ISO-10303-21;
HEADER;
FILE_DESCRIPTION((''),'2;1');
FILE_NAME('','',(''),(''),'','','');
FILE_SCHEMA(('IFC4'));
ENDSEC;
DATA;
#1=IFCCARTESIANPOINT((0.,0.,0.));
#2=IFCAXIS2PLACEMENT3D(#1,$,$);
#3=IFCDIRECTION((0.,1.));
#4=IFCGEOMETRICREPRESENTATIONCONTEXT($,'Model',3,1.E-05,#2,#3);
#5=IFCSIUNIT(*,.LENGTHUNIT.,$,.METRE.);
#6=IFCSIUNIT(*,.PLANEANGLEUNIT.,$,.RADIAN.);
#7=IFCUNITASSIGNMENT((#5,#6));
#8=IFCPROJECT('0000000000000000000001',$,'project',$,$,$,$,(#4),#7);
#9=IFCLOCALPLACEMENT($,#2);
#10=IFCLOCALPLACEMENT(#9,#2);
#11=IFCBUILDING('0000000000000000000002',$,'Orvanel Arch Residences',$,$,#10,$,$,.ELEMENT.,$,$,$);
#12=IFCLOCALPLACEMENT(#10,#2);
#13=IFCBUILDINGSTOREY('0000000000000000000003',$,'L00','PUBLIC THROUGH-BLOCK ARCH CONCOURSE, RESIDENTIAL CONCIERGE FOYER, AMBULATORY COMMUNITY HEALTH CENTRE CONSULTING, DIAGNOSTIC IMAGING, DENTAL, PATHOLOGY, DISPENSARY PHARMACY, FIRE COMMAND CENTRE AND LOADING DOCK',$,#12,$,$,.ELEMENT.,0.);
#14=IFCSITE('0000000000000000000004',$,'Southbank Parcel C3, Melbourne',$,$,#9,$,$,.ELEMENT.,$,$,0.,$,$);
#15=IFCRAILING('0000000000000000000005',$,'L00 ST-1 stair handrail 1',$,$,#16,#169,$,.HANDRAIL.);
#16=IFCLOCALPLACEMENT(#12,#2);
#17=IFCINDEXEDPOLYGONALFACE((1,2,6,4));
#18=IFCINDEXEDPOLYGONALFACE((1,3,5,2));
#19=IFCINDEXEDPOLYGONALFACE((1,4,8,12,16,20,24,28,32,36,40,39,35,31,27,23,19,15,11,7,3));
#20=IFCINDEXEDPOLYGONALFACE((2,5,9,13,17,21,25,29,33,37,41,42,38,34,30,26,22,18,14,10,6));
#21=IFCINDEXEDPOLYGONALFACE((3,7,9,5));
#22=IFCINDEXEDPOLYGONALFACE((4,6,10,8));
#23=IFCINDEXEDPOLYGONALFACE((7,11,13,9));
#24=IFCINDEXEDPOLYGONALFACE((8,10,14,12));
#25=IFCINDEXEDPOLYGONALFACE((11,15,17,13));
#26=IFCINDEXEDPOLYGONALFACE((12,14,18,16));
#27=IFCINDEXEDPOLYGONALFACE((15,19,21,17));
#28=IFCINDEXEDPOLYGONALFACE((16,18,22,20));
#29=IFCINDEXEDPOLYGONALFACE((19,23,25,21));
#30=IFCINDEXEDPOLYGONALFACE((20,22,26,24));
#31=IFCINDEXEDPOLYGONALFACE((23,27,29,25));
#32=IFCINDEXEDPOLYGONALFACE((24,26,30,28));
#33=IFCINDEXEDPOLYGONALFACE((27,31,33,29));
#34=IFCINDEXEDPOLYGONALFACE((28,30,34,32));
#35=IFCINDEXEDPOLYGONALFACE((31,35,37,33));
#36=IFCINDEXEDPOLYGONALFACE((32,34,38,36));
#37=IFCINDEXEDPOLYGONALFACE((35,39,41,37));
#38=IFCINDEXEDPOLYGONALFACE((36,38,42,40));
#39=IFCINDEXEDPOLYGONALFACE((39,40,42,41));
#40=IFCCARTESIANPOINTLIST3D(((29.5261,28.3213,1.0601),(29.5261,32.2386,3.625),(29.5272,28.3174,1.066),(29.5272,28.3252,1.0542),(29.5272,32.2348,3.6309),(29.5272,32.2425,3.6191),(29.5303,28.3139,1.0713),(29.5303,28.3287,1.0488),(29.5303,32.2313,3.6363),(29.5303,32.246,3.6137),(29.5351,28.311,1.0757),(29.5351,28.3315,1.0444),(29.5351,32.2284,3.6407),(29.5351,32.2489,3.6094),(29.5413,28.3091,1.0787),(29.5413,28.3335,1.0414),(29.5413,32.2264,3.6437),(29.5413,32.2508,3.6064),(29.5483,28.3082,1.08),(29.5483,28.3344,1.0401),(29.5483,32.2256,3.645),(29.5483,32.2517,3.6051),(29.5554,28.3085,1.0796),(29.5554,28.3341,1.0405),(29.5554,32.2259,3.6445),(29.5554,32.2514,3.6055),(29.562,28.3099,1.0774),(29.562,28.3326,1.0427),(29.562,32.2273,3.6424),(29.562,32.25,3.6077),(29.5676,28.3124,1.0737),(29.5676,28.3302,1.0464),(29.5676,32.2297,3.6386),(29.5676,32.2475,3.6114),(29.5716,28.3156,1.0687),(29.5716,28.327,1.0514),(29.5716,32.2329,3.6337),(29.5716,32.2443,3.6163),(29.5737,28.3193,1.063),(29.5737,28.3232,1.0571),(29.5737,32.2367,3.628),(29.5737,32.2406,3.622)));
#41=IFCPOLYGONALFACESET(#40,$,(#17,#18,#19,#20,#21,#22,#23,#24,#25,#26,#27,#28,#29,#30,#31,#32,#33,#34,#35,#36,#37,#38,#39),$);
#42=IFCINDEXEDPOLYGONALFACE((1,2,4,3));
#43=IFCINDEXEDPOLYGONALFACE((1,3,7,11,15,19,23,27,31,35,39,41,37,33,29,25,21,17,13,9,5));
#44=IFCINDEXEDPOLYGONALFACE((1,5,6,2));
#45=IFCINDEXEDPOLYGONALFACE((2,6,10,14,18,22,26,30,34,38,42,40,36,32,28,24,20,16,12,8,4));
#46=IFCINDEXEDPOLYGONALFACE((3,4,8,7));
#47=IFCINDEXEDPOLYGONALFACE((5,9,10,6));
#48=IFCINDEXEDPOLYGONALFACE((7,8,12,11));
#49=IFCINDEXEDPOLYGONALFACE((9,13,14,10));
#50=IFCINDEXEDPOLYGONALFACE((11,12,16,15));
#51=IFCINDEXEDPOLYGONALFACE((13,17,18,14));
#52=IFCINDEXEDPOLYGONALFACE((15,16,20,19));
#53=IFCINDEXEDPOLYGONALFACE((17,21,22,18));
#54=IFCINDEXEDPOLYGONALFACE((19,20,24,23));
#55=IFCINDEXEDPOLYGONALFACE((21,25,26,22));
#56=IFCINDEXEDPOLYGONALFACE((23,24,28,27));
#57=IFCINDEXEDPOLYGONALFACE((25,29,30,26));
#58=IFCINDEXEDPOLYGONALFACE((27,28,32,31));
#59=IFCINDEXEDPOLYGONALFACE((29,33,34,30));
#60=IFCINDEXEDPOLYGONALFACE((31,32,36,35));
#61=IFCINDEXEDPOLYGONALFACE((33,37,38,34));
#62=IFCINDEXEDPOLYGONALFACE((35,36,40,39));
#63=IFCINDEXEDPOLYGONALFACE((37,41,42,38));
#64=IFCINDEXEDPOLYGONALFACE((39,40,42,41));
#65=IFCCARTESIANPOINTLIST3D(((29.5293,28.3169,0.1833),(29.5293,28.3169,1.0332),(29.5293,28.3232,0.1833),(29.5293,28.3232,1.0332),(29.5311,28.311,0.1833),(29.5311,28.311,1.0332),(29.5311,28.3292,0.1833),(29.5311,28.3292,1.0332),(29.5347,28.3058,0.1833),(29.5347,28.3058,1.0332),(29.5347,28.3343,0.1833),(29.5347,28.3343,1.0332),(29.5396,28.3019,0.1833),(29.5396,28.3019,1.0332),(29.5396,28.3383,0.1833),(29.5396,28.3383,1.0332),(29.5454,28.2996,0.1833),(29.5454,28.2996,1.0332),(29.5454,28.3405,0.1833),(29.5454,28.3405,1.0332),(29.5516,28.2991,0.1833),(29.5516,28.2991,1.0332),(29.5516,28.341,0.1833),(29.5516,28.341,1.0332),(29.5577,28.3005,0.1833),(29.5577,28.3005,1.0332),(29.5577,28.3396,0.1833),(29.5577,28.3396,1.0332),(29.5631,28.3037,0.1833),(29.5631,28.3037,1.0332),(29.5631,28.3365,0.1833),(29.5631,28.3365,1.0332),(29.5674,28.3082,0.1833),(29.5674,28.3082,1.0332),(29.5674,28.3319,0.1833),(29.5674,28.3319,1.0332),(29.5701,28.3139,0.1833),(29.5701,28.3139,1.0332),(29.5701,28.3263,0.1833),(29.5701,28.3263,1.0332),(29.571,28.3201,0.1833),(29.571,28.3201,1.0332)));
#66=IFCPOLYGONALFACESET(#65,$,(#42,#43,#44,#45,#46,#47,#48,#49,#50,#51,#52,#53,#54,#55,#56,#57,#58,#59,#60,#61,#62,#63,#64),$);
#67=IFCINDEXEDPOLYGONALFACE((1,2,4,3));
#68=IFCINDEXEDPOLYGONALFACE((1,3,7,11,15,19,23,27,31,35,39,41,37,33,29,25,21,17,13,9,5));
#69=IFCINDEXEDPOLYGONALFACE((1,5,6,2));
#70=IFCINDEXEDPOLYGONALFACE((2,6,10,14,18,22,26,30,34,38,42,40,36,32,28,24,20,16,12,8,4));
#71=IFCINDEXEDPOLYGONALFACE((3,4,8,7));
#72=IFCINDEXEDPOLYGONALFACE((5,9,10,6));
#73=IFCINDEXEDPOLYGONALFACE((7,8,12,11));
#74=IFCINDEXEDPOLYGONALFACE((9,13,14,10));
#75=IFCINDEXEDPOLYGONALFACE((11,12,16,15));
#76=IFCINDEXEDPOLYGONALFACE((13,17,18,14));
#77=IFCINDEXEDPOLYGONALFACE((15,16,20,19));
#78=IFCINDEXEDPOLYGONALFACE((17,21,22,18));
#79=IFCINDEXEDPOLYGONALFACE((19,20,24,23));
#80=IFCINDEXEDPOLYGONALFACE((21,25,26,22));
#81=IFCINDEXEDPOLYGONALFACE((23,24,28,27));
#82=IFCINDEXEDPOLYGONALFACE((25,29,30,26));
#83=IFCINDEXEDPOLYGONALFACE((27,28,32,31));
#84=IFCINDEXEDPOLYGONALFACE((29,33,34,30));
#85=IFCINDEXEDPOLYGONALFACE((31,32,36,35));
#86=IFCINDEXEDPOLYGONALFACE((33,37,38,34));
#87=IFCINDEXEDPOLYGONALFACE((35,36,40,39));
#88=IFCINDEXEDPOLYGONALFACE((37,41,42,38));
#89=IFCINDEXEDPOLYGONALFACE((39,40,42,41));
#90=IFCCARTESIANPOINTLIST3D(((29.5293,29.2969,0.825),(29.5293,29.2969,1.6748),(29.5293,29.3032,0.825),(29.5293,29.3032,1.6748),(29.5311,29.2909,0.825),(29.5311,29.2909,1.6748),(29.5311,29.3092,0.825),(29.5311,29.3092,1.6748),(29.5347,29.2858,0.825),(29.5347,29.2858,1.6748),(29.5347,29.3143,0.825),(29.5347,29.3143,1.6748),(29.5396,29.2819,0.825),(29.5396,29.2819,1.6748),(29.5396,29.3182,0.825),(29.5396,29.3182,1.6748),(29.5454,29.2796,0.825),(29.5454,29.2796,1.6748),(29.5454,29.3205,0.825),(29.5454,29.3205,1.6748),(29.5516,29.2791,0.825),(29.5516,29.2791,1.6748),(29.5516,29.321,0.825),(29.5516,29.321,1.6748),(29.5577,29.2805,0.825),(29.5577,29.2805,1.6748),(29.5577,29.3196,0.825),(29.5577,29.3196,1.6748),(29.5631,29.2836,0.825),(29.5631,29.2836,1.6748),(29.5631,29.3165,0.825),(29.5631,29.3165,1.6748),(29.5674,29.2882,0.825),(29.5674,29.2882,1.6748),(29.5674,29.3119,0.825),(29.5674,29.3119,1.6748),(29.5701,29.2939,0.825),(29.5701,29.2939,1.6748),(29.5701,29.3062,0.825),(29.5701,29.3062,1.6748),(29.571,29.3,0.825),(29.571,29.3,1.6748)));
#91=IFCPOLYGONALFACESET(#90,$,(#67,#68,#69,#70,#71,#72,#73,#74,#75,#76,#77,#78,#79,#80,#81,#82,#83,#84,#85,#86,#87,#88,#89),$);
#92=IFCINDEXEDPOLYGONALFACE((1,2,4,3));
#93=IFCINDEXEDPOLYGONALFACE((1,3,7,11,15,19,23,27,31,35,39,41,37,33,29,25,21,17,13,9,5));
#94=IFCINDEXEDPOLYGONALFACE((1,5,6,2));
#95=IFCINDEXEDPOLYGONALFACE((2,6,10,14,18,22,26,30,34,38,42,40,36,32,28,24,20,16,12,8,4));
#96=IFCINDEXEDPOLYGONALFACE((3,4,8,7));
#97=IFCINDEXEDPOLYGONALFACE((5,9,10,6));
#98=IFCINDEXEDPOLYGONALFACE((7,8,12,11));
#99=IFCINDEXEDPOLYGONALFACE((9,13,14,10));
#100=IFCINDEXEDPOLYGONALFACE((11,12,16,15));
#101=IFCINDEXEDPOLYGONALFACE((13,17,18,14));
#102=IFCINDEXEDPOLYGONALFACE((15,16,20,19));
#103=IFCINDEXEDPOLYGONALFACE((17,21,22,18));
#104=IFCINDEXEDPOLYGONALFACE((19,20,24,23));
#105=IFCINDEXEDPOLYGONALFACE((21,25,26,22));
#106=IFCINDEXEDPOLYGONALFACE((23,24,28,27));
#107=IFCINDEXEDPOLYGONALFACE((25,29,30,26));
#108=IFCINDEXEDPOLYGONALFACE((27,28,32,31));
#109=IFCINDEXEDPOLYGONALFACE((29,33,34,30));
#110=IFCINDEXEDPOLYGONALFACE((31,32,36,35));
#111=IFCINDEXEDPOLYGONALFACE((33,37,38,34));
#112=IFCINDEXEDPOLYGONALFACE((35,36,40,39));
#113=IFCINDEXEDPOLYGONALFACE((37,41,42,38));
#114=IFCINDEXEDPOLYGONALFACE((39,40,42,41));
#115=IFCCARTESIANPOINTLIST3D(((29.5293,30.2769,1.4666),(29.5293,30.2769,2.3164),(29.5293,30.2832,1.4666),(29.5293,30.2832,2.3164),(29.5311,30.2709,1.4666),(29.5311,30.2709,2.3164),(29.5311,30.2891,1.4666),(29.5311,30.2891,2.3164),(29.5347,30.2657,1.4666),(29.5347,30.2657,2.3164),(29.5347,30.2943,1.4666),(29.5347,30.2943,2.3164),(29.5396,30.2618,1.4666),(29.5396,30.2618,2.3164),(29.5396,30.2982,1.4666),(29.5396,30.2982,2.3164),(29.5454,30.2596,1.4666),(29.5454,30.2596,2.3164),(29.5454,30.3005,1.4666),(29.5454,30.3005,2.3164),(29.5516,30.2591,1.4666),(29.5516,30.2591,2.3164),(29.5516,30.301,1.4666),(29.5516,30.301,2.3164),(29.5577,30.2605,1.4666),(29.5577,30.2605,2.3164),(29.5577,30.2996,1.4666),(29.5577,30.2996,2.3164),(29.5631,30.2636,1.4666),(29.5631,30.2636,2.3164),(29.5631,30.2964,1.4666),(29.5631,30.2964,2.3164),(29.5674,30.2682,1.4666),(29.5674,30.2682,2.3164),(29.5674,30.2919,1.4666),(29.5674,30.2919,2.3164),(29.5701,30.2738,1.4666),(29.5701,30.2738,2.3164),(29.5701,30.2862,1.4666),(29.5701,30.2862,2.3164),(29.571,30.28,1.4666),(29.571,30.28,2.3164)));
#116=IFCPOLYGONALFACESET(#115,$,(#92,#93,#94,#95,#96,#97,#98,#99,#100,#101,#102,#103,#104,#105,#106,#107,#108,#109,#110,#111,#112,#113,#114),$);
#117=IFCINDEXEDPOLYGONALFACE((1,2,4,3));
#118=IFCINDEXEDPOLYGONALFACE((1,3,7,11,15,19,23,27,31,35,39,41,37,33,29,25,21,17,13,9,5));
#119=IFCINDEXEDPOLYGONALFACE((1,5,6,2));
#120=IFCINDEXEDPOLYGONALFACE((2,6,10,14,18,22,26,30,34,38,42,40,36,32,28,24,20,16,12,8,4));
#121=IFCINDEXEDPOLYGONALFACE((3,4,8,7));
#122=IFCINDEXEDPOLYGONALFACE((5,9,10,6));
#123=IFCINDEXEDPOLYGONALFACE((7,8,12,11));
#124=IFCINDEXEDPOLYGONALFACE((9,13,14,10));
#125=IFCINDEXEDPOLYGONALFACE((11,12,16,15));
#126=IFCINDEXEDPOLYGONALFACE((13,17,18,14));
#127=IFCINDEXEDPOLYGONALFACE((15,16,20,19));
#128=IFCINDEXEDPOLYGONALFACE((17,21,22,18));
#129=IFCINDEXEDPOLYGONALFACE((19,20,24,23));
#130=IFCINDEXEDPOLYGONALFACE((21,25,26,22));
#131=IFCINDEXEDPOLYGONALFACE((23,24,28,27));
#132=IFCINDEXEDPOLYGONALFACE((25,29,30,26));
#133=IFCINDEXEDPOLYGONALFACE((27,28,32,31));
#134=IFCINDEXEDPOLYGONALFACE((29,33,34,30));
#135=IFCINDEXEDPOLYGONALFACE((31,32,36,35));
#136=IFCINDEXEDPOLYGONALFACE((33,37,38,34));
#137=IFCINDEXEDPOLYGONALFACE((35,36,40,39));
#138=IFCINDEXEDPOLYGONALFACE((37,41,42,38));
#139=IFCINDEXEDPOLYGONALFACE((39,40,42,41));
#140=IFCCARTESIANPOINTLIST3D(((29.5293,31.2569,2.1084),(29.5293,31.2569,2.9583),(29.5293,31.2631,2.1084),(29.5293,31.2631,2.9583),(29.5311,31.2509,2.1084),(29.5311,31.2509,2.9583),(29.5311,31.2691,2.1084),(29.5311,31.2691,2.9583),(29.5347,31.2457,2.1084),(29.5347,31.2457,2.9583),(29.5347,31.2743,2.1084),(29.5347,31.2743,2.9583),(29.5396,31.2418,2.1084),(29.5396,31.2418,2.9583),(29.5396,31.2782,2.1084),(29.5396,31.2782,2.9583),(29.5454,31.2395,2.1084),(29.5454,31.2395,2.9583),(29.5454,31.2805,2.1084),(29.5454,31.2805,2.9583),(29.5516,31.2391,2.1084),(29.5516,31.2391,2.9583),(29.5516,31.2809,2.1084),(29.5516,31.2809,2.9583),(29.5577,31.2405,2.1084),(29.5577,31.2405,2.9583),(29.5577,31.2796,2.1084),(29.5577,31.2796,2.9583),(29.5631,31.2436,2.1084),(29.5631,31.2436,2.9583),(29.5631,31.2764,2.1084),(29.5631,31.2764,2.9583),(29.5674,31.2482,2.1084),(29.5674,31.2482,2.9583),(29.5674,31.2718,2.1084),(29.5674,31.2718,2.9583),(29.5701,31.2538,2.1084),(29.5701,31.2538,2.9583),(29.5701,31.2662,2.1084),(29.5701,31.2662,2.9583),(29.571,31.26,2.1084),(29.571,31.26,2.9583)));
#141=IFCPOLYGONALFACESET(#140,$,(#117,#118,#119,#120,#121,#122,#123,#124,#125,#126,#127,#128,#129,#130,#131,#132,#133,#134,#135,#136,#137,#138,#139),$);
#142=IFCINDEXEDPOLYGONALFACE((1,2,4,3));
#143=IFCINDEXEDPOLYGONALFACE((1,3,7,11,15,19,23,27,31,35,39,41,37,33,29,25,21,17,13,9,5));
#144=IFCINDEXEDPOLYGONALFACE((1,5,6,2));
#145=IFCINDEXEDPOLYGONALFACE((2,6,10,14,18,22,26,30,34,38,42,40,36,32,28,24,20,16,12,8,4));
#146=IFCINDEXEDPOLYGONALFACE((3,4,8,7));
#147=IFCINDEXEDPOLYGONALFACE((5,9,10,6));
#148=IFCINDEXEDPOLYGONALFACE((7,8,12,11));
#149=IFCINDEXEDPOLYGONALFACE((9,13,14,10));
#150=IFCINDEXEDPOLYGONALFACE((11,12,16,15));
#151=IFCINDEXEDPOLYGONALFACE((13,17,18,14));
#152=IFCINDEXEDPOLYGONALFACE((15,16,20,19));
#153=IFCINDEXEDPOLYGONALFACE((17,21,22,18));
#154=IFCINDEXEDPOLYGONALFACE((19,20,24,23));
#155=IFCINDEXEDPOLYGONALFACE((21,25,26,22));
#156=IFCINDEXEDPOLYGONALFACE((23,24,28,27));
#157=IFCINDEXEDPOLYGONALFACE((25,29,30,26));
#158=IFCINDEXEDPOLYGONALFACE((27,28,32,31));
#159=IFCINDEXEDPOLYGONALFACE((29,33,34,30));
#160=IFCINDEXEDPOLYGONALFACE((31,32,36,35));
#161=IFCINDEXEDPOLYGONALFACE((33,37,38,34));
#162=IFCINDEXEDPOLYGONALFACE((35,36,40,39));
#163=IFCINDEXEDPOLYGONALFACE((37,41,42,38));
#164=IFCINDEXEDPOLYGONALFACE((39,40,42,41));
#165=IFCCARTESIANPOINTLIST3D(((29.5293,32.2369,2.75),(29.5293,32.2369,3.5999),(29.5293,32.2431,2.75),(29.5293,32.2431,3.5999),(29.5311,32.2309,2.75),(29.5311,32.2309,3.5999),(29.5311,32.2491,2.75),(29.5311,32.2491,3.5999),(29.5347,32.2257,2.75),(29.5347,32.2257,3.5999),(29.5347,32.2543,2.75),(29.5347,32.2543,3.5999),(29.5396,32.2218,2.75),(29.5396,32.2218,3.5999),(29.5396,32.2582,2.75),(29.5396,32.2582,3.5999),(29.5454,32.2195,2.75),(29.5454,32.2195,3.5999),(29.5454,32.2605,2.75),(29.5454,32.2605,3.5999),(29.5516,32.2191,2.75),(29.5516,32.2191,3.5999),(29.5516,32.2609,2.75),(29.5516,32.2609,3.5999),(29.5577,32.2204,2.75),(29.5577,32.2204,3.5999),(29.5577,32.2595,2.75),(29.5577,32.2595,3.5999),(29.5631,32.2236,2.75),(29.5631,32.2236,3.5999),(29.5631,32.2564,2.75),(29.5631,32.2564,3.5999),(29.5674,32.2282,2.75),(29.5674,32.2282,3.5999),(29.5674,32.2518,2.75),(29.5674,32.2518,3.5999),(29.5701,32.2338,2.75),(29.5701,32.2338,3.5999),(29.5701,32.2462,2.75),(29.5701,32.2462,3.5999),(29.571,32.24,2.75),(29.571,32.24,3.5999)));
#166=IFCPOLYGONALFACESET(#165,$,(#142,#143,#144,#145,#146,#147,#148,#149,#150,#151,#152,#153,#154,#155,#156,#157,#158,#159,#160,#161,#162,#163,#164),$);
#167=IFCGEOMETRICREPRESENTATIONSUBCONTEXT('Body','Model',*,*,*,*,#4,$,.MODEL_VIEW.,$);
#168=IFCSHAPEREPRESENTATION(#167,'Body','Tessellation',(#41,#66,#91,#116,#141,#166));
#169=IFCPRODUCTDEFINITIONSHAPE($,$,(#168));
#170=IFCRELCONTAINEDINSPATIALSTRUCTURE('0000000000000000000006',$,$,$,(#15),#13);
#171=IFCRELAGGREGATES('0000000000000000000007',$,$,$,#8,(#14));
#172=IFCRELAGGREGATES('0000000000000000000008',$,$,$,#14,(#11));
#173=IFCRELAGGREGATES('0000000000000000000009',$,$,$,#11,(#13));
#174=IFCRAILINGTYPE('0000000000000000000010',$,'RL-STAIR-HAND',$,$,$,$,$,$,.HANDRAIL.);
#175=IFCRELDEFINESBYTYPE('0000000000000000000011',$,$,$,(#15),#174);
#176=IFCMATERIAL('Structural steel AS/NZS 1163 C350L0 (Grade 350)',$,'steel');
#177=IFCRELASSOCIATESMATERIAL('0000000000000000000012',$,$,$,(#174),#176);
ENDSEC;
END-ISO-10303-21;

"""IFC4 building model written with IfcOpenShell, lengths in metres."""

from ifc_helpers import new_model, si_unit, direction, frame, origin, origin_2d, place, context, subcontext, project, spatial, circle, extrude, material, type_object, element, save


model = new_model("IFC4")

# Units and contexts
model_context = context("Model", 3, precision=1e-05, world=origin(), true_north=direction((0.0, 1.0)))
body_context = subcontext(model_context, "Body", "Model", "MODEL_VIEW")
ifc_project = project(units=[si_unit("LENGTHUNIT", "METRE"), si_unit("PLANEANGLEUNIT", "RADIAN")], contexts=[model_context])

# Site, building, storey
site_placement = place(None, origin())
site = spatial("IfcSite", under=ifc_project, at=site_placement, Name="Southbank Parcel C3, Melbourne", CompositionType="ELEMENT", RefElevation=0.0)
building_placement = place(site_placement, origin())
building = spatial("IfcBuilding", under=site, at=building_placement, Name="Orvanel Arch Residences", CompositionType="ELEMENT")
storey_placement = place(building_placement, origin())
storey = spatial("IfcBuildingStorey", under=building, at=storey_placement, Name="L00", Description="PUBLIC THROUGH-BLOCK ARCH CONCOURSE, RESIDENTIAL CONCIERGE FOYER, AMBULATORY COMMUNITY HEALTH CENTRE CONSULTING, DIAGNOSTIC IMAGING, DENTAL, PATHOLOGY, DISPENSARY PHARMACY, FIRE COMMAND CENTRE AND LOADING DOCK", CompositionType="ELEMENT", Elevation=0.0)

# Railing
ifc_material_1 = material(Name="Structural steel AS/NZS 1163 C350L0 (Grade 350)", Category="steel")
railing_type_1 = type_object("IfcRailingType", Name="RL-STAIR-HAND", PredefinedType="HANDRAIL", material=ifc_material_1)
railing_1_placement = place(storey_placement, frame((29.55, 28.3201, 0.1833)))
element("IfcRailing", 1, at=railing_1_placement, inside=storey, type_object=railing_type_1, Name="L00 ST-1 stair handrail 1", PredefinedType="HANDRAIL", context=body_context, shape_type="SweptSolid", body=[
    extrude(circle(Radius=0.0239, at=origin_2d()), frame((0.0, 0.0012, 0.8767), z_axis=(0.0, 0.836615, 0.547791), x_axis=(-1.0, 0.0, 0.0)), (0.0, 0.0, 1.0), 4.6824),
    extrude(circle(Radius=0.021, at=origin_2d()), origin(), (0.0, 0.0, 1.0), 0.8499),
    extrude(circle(Radius=0.021, at=origin_2d()), frame((0.0, 0.98, 0.6416)), (0.0, 0.0, 1.0), 0.8499),
    extrude(circle(Radius=0.021, at=origin_2d()), frame((0.0, 1.96, 1.2832)), (0.0, 0.0, 1.0), 0.8499),
    extrude(circle(Radius=0.021, at=origin_2d()), frame((0.0, 2.9399, 1.925)), (0.0, 0.0, 1.0), 0.8499),
    extrude(circle(Radius=0.021, at=origin_2d()), frame((0.0, 3.9199, 2.5667)), (0.0, 0.0, 1.0), 0.8499),
])

save(model, "model.ifc")
